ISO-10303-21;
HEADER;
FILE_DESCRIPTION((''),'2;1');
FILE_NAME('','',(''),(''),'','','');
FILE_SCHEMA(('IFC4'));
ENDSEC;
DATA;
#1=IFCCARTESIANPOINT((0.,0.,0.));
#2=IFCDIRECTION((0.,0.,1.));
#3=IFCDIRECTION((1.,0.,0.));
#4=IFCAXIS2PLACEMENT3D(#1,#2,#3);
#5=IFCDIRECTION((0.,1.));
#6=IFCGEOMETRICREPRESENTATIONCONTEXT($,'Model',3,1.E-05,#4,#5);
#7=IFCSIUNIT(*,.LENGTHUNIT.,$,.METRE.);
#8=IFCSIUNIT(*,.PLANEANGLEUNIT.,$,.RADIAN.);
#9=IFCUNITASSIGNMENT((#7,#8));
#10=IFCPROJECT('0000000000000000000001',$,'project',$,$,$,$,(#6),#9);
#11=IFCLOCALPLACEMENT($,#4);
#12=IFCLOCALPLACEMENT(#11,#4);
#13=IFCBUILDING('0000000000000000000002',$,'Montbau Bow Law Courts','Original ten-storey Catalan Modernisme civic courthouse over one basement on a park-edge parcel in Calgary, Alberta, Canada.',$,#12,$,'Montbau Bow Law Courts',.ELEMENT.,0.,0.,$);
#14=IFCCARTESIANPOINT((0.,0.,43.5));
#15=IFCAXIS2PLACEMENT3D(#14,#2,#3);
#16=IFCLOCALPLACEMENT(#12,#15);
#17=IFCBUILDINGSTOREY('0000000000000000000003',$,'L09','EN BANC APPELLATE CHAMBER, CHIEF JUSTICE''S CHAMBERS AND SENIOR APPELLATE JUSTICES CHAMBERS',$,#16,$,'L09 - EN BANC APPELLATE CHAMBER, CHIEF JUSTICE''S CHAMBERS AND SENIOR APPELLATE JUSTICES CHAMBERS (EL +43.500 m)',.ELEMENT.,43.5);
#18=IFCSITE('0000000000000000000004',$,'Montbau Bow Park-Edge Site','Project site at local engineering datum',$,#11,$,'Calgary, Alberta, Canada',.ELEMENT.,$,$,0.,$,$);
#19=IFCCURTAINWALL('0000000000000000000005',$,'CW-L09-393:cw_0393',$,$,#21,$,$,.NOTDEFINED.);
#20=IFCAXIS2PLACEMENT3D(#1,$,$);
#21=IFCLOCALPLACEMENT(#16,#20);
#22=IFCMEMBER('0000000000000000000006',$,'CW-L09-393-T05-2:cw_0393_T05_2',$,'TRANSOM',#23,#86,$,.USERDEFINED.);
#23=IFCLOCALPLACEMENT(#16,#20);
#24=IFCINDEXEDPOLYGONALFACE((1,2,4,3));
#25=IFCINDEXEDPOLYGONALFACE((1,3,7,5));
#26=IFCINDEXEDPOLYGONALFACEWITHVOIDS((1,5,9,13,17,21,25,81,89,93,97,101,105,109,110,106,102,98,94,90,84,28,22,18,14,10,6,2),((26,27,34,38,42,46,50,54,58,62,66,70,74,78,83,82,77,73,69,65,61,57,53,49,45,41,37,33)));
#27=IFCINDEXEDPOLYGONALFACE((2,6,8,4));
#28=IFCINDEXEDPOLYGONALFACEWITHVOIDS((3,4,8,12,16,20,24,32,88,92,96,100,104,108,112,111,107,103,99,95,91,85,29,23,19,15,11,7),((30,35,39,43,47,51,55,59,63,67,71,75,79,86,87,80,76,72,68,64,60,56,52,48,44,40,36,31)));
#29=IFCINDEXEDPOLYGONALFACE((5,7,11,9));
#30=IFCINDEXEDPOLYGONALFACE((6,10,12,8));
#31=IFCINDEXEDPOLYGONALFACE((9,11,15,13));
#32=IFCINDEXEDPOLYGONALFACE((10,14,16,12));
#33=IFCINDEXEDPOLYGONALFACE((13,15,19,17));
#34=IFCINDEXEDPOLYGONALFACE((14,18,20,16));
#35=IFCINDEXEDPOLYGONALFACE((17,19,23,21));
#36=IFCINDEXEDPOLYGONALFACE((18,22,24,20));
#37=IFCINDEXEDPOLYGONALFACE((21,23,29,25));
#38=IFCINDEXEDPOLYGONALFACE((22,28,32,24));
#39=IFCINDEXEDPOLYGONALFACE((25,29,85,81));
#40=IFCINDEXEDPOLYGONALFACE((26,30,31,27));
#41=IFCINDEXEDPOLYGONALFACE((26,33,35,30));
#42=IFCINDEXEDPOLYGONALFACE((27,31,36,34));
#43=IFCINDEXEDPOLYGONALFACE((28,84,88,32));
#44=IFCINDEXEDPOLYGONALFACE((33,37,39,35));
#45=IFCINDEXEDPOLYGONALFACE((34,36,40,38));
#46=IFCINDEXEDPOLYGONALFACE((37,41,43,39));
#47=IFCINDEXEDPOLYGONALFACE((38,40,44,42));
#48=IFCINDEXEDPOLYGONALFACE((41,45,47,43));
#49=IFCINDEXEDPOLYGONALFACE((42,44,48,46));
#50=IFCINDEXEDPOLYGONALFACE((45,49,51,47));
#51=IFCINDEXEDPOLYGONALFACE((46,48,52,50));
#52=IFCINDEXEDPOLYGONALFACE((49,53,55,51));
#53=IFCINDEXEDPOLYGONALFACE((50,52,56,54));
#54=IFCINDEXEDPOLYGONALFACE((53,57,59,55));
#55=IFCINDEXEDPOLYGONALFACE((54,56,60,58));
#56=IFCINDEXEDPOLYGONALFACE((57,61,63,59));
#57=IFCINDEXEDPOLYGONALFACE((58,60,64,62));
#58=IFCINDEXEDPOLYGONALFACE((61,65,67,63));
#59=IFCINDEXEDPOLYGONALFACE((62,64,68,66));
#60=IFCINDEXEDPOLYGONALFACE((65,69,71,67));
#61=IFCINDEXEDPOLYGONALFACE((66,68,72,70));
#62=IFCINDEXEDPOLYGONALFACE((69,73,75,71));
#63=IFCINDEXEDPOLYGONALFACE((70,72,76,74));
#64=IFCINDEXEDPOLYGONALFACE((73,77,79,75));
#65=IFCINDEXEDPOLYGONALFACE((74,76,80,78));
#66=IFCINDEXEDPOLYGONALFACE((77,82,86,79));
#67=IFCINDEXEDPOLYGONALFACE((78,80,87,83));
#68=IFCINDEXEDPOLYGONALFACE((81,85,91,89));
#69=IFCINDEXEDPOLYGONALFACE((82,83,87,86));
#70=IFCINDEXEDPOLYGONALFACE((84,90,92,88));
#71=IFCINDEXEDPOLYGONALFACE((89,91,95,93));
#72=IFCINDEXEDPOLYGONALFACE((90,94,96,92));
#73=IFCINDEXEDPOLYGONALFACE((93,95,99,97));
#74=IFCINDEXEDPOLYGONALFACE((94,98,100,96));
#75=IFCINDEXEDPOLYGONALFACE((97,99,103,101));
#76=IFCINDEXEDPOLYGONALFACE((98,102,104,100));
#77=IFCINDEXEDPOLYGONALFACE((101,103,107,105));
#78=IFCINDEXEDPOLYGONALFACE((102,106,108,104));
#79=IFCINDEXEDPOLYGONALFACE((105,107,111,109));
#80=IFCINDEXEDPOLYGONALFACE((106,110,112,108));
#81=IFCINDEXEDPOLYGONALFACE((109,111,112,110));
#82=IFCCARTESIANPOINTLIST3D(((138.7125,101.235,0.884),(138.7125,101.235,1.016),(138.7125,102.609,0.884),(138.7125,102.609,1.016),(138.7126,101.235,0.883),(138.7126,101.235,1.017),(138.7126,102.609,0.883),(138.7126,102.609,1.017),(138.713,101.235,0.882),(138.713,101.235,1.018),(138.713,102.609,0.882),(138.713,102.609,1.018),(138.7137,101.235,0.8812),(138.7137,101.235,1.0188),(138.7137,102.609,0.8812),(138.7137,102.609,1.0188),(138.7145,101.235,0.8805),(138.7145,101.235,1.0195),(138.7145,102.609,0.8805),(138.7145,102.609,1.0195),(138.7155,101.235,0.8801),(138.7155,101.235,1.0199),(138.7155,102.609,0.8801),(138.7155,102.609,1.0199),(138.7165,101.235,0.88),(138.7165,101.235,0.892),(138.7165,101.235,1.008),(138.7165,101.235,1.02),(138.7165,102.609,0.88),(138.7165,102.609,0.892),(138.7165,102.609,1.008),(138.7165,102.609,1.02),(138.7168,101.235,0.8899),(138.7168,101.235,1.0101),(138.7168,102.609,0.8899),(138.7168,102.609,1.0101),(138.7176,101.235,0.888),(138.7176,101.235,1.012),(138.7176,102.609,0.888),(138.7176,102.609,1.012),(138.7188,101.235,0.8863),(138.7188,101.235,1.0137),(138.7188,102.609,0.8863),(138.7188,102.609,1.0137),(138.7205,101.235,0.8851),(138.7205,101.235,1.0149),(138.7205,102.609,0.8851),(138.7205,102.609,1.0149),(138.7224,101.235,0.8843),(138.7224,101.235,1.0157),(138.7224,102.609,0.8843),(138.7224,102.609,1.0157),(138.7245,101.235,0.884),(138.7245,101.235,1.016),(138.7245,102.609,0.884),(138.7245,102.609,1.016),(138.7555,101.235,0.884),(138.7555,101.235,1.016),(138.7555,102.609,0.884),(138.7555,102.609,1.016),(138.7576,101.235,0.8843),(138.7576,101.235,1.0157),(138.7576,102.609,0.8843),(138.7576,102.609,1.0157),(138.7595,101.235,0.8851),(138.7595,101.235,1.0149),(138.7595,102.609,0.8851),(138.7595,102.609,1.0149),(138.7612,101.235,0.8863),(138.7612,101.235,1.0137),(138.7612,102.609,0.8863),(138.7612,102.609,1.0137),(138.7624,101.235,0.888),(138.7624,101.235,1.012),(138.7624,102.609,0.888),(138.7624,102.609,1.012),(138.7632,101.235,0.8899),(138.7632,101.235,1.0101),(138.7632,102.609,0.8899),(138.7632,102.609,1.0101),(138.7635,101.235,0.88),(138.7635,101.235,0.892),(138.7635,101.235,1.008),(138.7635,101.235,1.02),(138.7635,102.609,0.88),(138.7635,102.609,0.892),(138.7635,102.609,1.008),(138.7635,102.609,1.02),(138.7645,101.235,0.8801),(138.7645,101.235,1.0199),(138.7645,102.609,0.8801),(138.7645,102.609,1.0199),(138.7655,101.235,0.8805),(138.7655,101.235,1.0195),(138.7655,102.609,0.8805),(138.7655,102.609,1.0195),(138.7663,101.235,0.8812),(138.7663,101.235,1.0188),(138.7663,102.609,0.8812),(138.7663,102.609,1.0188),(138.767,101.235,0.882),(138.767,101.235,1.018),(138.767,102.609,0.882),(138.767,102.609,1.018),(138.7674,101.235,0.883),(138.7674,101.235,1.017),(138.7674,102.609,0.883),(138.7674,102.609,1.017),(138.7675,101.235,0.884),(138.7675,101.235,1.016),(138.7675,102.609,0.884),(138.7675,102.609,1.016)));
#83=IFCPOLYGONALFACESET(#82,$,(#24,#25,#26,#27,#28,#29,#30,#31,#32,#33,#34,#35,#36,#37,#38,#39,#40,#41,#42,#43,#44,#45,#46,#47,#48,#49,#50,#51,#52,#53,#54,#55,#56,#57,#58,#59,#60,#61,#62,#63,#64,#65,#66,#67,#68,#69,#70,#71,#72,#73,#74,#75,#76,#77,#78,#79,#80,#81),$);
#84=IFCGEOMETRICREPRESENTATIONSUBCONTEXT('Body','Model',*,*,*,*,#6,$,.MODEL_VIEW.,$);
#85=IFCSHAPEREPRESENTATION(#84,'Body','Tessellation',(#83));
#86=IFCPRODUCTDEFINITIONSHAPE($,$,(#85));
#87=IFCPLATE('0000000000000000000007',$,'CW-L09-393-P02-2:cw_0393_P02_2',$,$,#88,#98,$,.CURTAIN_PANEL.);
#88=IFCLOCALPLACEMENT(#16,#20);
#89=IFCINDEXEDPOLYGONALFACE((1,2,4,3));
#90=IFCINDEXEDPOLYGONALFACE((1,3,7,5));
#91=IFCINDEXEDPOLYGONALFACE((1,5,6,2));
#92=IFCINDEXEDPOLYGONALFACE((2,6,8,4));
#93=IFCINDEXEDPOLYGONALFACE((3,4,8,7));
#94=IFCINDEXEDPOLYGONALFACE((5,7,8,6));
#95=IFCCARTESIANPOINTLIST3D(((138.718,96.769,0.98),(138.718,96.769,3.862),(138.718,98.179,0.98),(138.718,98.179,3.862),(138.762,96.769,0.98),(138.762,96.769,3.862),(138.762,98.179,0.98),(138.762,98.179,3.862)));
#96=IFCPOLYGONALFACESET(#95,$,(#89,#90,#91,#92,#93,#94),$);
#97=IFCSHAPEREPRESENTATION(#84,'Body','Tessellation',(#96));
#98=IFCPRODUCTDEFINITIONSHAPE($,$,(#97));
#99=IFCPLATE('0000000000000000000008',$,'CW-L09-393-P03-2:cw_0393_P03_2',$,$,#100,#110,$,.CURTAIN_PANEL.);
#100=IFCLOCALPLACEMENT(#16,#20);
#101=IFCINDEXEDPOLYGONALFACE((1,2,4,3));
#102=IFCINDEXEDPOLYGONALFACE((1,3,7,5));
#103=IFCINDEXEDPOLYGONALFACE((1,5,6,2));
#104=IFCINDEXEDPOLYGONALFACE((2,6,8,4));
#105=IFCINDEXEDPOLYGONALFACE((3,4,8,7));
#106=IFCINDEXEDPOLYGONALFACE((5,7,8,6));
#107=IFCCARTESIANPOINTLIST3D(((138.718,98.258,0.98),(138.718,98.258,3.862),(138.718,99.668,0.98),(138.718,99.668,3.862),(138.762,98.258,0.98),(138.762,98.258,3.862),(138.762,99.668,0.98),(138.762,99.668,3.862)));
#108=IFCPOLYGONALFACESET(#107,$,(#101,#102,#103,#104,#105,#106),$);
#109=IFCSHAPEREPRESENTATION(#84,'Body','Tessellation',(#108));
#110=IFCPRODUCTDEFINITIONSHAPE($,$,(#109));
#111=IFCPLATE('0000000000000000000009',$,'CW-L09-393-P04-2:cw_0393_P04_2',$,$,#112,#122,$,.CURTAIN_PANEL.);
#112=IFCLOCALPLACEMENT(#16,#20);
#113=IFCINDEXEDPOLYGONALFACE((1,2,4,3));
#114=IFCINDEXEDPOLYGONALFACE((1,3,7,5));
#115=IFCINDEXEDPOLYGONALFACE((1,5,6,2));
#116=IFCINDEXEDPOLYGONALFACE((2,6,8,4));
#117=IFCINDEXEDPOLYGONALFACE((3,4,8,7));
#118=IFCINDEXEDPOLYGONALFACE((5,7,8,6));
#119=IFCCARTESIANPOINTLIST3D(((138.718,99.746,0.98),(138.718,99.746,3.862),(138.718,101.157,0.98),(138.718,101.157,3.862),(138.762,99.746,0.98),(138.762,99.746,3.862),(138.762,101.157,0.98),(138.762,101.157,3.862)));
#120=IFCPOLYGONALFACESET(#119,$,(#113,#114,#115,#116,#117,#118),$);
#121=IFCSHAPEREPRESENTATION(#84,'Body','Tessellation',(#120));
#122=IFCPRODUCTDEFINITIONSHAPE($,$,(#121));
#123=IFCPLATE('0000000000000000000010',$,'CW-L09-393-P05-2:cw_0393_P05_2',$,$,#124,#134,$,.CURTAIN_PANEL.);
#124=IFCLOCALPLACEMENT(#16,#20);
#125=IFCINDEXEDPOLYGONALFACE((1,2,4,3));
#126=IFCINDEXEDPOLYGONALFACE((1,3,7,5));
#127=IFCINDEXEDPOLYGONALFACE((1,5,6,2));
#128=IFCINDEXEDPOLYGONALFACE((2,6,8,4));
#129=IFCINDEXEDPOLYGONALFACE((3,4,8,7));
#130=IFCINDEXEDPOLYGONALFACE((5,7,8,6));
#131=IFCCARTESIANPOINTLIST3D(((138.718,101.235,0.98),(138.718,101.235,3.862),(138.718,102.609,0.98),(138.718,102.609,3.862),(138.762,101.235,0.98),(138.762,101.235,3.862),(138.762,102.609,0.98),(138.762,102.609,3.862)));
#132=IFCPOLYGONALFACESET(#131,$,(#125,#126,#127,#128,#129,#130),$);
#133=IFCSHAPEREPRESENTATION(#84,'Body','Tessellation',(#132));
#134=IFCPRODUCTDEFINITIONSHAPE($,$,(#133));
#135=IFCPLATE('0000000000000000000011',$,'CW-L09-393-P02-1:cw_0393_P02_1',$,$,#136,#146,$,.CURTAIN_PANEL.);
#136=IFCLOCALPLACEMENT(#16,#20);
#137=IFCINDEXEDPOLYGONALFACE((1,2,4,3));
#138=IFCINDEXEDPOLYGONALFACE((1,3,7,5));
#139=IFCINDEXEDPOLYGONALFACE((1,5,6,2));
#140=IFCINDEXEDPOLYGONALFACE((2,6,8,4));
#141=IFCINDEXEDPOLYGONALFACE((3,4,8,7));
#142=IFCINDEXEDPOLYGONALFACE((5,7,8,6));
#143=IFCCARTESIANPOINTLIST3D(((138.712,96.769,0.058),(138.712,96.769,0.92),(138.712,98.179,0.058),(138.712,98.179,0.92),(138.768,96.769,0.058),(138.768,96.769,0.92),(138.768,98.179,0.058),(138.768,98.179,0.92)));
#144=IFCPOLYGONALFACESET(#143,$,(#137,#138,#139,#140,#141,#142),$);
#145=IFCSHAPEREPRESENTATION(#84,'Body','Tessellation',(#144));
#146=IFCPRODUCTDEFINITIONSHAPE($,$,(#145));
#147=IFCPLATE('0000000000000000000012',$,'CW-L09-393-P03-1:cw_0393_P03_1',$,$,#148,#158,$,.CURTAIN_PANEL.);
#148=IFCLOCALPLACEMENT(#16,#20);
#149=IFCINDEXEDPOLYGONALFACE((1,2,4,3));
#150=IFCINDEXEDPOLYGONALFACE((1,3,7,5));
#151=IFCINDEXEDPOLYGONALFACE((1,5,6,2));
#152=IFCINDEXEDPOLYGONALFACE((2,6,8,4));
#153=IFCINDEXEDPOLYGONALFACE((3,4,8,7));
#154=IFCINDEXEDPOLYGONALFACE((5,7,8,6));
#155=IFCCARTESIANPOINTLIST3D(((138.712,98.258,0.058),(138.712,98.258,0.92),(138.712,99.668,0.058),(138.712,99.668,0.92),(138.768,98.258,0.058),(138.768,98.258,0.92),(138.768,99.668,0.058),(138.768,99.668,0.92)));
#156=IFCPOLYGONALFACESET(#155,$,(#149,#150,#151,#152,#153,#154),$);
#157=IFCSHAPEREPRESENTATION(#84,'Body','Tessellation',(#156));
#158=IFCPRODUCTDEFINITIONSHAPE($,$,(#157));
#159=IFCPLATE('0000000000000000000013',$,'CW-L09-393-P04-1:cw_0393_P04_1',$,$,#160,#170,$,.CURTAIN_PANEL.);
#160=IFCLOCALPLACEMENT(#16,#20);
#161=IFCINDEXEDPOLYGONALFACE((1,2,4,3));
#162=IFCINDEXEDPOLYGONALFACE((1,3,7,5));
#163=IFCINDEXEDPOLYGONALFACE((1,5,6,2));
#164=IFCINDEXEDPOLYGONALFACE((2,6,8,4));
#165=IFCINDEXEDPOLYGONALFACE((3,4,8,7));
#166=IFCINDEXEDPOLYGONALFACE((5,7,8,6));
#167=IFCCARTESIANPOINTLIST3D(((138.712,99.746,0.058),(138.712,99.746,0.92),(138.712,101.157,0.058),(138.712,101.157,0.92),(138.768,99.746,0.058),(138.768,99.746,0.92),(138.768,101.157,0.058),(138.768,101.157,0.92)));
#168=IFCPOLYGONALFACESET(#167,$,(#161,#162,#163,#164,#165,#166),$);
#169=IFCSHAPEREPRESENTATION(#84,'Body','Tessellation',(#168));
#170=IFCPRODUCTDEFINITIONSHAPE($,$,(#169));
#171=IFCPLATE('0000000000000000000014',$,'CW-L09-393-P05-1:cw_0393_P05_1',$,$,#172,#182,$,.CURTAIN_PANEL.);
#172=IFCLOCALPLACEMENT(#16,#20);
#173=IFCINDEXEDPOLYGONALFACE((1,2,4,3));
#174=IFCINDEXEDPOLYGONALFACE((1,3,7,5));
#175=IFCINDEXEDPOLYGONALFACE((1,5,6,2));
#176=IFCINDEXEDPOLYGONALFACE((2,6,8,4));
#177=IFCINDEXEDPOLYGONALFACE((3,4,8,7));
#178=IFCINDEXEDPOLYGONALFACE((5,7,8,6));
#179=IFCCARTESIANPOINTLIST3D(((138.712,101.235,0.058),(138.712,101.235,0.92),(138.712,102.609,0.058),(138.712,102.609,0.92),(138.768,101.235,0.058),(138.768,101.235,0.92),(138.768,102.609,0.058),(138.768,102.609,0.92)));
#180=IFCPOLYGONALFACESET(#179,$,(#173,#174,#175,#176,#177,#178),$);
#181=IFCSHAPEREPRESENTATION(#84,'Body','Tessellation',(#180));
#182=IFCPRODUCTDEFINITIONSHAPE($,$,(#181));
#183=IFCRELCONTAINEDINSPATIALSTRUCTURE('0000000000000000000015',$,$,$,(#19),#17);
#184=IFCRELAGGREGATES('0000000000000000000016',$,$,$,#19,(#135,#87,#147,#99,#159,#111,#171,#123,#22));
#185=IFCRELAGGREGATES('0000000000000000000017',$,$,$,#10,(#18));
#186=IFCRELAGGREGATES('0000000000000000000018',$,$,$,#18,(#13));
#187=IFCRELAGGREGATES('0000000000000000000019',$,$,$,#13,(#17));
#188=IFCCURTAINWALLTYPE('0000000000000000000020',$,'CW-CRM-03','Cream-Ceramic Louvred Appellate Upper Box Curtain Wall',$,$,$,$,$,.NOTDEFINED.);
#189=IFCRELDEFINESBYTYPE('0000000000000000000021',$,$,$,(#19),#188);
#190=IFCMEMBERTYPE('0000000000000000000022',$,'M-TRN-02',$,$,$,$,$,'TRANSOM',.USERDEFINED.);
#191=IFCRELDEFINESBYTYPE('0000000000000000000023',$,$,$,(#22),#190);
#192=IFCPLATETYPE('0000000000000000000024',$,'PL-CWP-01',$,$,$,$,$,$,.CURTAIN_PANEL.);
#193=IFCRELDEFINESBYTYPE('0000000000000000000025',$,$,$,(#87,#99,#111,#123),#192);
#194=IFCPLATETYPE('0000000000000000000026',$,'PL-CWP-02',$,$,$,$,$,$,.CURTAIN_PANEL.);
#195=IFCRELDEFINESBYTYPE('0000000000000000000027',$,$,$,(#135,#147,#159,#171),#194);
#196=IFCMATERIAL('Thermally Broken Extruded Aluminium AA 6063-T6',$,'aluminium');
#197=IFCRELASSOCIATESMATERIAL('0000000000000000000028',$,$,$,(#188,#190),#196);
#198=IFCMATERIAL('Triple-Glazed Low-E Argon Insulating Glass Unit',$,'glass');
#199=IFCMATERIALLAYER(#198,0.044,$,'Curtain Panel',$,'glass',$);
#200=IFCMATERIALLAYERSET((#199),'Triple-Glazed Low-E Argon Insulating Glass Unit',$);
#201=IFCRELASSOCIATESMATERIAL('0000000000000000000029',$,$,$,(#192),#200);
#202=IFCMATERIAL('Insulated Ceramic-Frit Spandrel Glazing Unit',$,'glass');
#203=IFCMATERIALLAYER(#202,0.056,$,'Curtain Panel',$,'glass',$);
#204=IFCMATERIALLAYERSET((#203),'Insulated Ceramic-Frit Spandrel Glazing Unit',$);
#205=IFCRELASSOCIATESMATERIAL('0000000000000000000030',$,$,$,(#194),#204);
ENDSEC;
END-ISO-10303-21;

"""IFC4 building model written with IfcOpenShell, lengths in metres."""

from ifc_helpers import new_model, si_unit, direction, frame, frame_2d, origin_with_axes, origin_2d_with_axis, place, context, subcontext, project, spatial, rectangle, hollow_rectangle, extrude, material, layer, layer_set, material_profile, profile_set, type_object, element, aggregate, save


model = new_model("IFC4")

# Units and contexts
model_context = context("Model", 3, precision=1e-05, world=origin_with_axes(), true_north=direction((0.0, 1.0)))
body_context = subcontext(model_context, "Body", "Model", "MODEL_VIEW")
ifc_project = project(units=[si_unit("LENGTHUNIT", "METRE"), si_unit("PLANEANGLEUNIT", "RADIAN")], contexts=[model_context])

# Site, building, storey
site_placement = place(None, origin_with_axes())
site = spatial("IfcSite", under=ifc_project, at=site_placement, Name="Montbau Bow Park-Edge Site", Description="Project site at local engineering datum", LongName="Calgary, Alberta, Canada", CompositionType="ELEMENT", RefElevation=0.0)
building_placement = place(site_placement, origin_with_axes())
building = spatial("IfcBuilding", under=site, at=building_placement, Name="Montbau Bow Law Courts", Description="Original ten-storey Catalan Modernisme civic courthouse over one basement on a park-edge parcel in Calgary, Alberta, Canada.", LongName="Montbau Bow Law Courts", CompositionType="ELEMENT", ElevationOfRefHeight=0.0, ElevationOfTerrain=0.0)
storey_placement = place(building_placement, frame((0.0, 0.0, 43.5), z_axis=(0.0, 0.0, 1.0), x_axis=(1.0, 0.0, 0.0)))
storey = spatial("IfcBuildingStorey", under=building, at=storey_placement, Name="L09", Description="EN BANC APPELLATE CHAMBER, CHIEF JUSTICE'S CHAMBERS AND SENIOR APPELLATE JUSTICES CHAMBERS", LongName="L09 - EN BANC APPELLATE CHAMBER, CHIEF JUSTICE'S CHAMBERS AND SENIOR APPELLATE JUSTICES CHAMBERS (EL +43.500 m)", CompositionType="ELEMENT", Elevation=43.5)

# Curtain wall, member, plates
ifc_material_1 = material(Name="Thermally Broken Extruded Aluminium AA 6063-T6", Category="aluminium")
curtain_wall_type = type_object("IfcCurtainWallType", Name="CW-CRM-03", Description="Cream-Ceramic Louvred Appellate Upper Box Curtain Wall", PredefinedType="NOTDEFINED", material=ifc_material_1)
curtain_wall_placement = place(None, frame((138.74, 95.24, 43.5), z_axis=(0.0, 0.0, 1.0), x_axis=(1.0, 0.0, 0.0)))
curtain_wall = element("IfcCurtainWall", 1, at=curtain_wall_placement, inside=storey, type_object=curtain_wall_type, Name="CW-L09-393:cw_0393", PredefinedType="NOTDEFINED")
ifc_material_profile_1 = material_profile(ifc_material_1, hollow_rectangle(XDim=0.055, YDim=0.14, WallThickness=0.004, InnerFilletRadius=0.008, OuterFilletRadius=0.004, at=origin_2d_with_axis()), Name="CWT-140X55", Category="Main", Priority=0)
ifc_profile_set_1 = profile_set([ifc_material_profile_1], Name="Thermally Broken Extruded Aluminium AA 6063-T6")
member_type_1 = type_object("IfcMemberType", Name="M-TRN-02", ElementType="TRANSOM", PredefinedType="USERDEFINED", material=ifc_profile_set_1)
member_1_placement = place(None, frame((138.74, 101.235, 44.45), z_axis=(0.0, 1.0, 0.0), x_axis=(-1.0, 0.0, 0.0)))
member_1 = element("IfcMember", 2, at=member_1_placement, type_object=member_type_1, Name="CW-L09-393-T05-2:cw_0393_T05_2", ObjectType="TRANSOM", PredefinedType="USERDEFINED", context=body_context, shape_type="SweptSolid", body=[
    extrude(hollow_rectangle(XDim=0.055, YDim=0.14, WallThickness=0.004, InnerFilletRadius=0.008, OuterFilletRadius=0.004, at=origin_2d_with_axis()), origin_with_axes(), (0.0, 0.0, 1.0), 1.374),
])
ifc_material_2 = material(Name="Triple-Glazed Low-E Argon Insulating Glass Unit", Category="glass")
ifc_layer_1 = layer(ifc_material_2, 0.044, Name="Curtain Panel", Category="glass")
ifc_layer_set_1 = layer_set([ifc_layer_1], Name="Triple-Glazed Low-E Argon Insulating Glass Unit")
plate_type_1 = type_object("IfcPlateType", Name="PL-CWP-01", PredefinedType="CURTAIN_PANEL", material=ifc_layer_set_1)
plate_1_placement = place(None, frame((138.74, 96.769, 44.48), z_axis=(1.0, 0.0, 0.0), x_axis=(0.0, 1.0, 0.0)))
plate_1 = element("IfcPlate", 3, at=plate_1_placement, type_object=plate_type_1, Name="CW-L09-393-P02-2:cw_0393_P02_2", PredefinedType="CURTAIN_PANEL", context=body_context, shape_type="SweptSolid", body=[
    extrude(rectangle(XDim=1.41, YDim=2.882, at=frame_2d((0.705, 1.441), x_axis=(1.0, 0.0))), frame((0.0, 0.0, -0.022), z_axis=(0.0, 0.0, 1.0), x_axis=(1.0, 0.0, 0.0)), (0.0, 0.0, 1.0), 0.044),
])
plate_2_placement = place(None, frame((138.74, 98.258, 44.48), z_axis=(1.0, 0.0, 0.0), x_axis=(0.0, 1.0, 0.0)))
plate_2 = element("IfcPlate", 4, at=plate_2_placement, type_object=plate_type_1, Name="CW-L09-393-P03-2:cw_0393_P03_2", PredefinedType="CURTAIN_PANEL", context=body_context, shape_type="SweptSolid", body=[
    extrude(rectangle(XDim=1.41, YDim=2.882, at=frame_2d((0.705, 1.441), x_axis=(1.0, 0.0))), frame((0.0, 0.0, -0.022), z_axis=(0.0, 0.0, 1.0), x_axis=(1.0, 0.0, 0.0)), (0.0, 0.0, 1.0), 0.044),
])
plate_3_placement = place(None, frame((138.74, 99.746, 44.48), z_axis=(1.0, 0.0, 0.0), x_axis=(0.0, 1.0, 0.0)))
plate_3 = element("IfcPlate", 5, at=plate_3_placement, type_object=plate_type_1, Name="CW-L09-393-P04-2:cw_0393_P04_2", PredefinedType="CURTAIN_PANEL", context=body_context, shape_type="SweptSolid", body=[
    extrude(rectangle(XDim=1.411, YDim=2.882, at=frame_2d((0.7055, 1.441), x_axis=(1.0, 0.0))), frame((0.0, 0.0, -0.022), z_axis=(0.0, 0.0, 1.0), x_axis=(1.0, 0.0, 0.0)), (0.0, 0.0, 1.0), 0.044),
])
plate_4_placement = place(None, frame((138.74, 101.235, 44.48), z_axis=(1.0, 0.0, 0.0), x_axis=(0.0, 1.0, 0.0)))
plate_4 = element("IfcPlate", 6, at=plate_4_placement, type_object=plate_type_1, Name="CW-L09-393-P05-2:cw_0393_P05_2", PredefinedType="CURTAIN_PANEL", context=body_context, shape_type="SweptSolid", body=[
    extrude(rectangle(XDim=1.374, YDim=2.882, at=frame_2d((0.687, 1.441), x_axis=(1.0, 0.0))), frame((0.0, 0.0, -0.022), z_axis=(0.0, 0.0, 1.0), x_axis=(1.0, 0.0, 0.0)), (0.0, 0.0, 1.0), 0.044),
])
ifc_material_3 = material(Name="Insulated Ceramic-Frit Spandrel Glazing Unit", Category="glass")
ifc_layer_2 = layer(ifc_material_3, 0.056, Name="Curtain Panel", Category="glass")
ifc_layer_set_2 = layer_set([ifc_layer_2], Name="Insulated Ceramic-Frit Spandrel Glazing Unit")
plate_type_2 = type_object("IfcPlateType", Name="PL-CWP-02", PredefinedType="CURTAIN_PANEL", material=ifc_layer_set_2)
plate_5_placement = place(None, frame((138.74, 96.769, 43.558), z_axis=(1.0, 0.0, 0.0), x_axis=(0.0, 1.0, 0.0)))
plate_5 = element("IfcPlate", 7, at=plate_5_placement, type_object=plate_type_2, Name="CW-L09-393-P02-1:cw_0393_P02_1", PredefinedType="CURTAIN_PANEL", context=body_context, shape_type="SweptSolid", body=[
    extrude(rectangle(XDim=1.41, YDim=0.862, at=frame_2d((0.705, 0.431), x_axis=(1.0, 0.0))), frame((0.0, 0.0, -0.028), z_axis=(0.0, 0.0, 1.0), x_axis=(1.0, 0.0, 0.0)), (0.0, 0.0, 1.0), 0.056),
])
plate_6_placement = place(None, frame((138.74, 98.258, 43.558), z_axis=(1.0, 0.0, 0.0), x_axis=(0.0, 1.0, 0.0)))
plate_6 = element("IfcPlate", 8, at=plate_6_placement, type_object=plate_type_2, Name="CW-L09-393-P03-1:cw_0393_P03_1", PredefinedType="CURTAIN_PANEL", context=body_context, shape_type="SweptSolid", body=[
    extrude(rectangle(XDim=1.41, YDim=0.862, at=frame_2d((0.705, 0.431), x_axis=(1.0, 0.0))), frame((0.0, 0.0, -0.028), z_axis=(0.0, 0.0, 1.0), x_axis=(1.0, 0.0, 0.0)), (0.0, 0.0, 1.0), 0.056),
])
plate_7_placement = place(None, frame((138.74, 99.746, 43.558), z_axis=(1.0, 0.0, 0.0), x_axis=(0.0, 1.0, 0.0)))
plate_7 = element("IfcPlate", 9, at=plate_7_placement, type_object=plate_type_2, Name="CW-L09-393-P04-1:cw_0393_P04_1", PredefinedType="CURTAIN_PANEL", context=body_context, shape_type="SweptSolid", body=[
    extrude(rectangle(XDim=1.411, YDim=0.862, at=frame_2d((0.7055, 0.431), x_axis=(1.0, 0.0))), frame((0.0, 0.0, -0.028), z_axis=(0.0, 0.0, 1.0), x_axis=(1.0, 0.0, 0.0)), (0.0, 0.0, 1.0), 0.056),
])
plate_8_placement = place(None, frame((138.74, 101.235, 43.558), z_axis=(1.0, 0.0, 0.0), x_axis=(0.0, 1.0, 0.0)))
plate_8 = element("IfcPlate", 10, at=plate_8_placement, type_object=plate_type_2, Name="CW-L09-393-P05-1:cw_0393_P05_1", PredefinedType="CURTAIN_PANEL", context=body_context, shape_type="SweptSolid", body=[
    extrude(rectangle(XDim=1.374, YDim=0.862, at=frame_2d((0.687, 0.431), x_axis=(1.0, 0.0))), frame((0.0, 0.0, -0.028), z_axis=(0.0, 0.0, 1.0), x_axis=(1.0, 0.0, 0.0)), (0.0, 0.0, 1.0), 0.056),
])
aggregate(curtain_wall, [plate_5, plate_1, plate_6, plate_2, plate_7, plate_3, plate_8, plate_4, member_1])

save(model, "model.ifc")
